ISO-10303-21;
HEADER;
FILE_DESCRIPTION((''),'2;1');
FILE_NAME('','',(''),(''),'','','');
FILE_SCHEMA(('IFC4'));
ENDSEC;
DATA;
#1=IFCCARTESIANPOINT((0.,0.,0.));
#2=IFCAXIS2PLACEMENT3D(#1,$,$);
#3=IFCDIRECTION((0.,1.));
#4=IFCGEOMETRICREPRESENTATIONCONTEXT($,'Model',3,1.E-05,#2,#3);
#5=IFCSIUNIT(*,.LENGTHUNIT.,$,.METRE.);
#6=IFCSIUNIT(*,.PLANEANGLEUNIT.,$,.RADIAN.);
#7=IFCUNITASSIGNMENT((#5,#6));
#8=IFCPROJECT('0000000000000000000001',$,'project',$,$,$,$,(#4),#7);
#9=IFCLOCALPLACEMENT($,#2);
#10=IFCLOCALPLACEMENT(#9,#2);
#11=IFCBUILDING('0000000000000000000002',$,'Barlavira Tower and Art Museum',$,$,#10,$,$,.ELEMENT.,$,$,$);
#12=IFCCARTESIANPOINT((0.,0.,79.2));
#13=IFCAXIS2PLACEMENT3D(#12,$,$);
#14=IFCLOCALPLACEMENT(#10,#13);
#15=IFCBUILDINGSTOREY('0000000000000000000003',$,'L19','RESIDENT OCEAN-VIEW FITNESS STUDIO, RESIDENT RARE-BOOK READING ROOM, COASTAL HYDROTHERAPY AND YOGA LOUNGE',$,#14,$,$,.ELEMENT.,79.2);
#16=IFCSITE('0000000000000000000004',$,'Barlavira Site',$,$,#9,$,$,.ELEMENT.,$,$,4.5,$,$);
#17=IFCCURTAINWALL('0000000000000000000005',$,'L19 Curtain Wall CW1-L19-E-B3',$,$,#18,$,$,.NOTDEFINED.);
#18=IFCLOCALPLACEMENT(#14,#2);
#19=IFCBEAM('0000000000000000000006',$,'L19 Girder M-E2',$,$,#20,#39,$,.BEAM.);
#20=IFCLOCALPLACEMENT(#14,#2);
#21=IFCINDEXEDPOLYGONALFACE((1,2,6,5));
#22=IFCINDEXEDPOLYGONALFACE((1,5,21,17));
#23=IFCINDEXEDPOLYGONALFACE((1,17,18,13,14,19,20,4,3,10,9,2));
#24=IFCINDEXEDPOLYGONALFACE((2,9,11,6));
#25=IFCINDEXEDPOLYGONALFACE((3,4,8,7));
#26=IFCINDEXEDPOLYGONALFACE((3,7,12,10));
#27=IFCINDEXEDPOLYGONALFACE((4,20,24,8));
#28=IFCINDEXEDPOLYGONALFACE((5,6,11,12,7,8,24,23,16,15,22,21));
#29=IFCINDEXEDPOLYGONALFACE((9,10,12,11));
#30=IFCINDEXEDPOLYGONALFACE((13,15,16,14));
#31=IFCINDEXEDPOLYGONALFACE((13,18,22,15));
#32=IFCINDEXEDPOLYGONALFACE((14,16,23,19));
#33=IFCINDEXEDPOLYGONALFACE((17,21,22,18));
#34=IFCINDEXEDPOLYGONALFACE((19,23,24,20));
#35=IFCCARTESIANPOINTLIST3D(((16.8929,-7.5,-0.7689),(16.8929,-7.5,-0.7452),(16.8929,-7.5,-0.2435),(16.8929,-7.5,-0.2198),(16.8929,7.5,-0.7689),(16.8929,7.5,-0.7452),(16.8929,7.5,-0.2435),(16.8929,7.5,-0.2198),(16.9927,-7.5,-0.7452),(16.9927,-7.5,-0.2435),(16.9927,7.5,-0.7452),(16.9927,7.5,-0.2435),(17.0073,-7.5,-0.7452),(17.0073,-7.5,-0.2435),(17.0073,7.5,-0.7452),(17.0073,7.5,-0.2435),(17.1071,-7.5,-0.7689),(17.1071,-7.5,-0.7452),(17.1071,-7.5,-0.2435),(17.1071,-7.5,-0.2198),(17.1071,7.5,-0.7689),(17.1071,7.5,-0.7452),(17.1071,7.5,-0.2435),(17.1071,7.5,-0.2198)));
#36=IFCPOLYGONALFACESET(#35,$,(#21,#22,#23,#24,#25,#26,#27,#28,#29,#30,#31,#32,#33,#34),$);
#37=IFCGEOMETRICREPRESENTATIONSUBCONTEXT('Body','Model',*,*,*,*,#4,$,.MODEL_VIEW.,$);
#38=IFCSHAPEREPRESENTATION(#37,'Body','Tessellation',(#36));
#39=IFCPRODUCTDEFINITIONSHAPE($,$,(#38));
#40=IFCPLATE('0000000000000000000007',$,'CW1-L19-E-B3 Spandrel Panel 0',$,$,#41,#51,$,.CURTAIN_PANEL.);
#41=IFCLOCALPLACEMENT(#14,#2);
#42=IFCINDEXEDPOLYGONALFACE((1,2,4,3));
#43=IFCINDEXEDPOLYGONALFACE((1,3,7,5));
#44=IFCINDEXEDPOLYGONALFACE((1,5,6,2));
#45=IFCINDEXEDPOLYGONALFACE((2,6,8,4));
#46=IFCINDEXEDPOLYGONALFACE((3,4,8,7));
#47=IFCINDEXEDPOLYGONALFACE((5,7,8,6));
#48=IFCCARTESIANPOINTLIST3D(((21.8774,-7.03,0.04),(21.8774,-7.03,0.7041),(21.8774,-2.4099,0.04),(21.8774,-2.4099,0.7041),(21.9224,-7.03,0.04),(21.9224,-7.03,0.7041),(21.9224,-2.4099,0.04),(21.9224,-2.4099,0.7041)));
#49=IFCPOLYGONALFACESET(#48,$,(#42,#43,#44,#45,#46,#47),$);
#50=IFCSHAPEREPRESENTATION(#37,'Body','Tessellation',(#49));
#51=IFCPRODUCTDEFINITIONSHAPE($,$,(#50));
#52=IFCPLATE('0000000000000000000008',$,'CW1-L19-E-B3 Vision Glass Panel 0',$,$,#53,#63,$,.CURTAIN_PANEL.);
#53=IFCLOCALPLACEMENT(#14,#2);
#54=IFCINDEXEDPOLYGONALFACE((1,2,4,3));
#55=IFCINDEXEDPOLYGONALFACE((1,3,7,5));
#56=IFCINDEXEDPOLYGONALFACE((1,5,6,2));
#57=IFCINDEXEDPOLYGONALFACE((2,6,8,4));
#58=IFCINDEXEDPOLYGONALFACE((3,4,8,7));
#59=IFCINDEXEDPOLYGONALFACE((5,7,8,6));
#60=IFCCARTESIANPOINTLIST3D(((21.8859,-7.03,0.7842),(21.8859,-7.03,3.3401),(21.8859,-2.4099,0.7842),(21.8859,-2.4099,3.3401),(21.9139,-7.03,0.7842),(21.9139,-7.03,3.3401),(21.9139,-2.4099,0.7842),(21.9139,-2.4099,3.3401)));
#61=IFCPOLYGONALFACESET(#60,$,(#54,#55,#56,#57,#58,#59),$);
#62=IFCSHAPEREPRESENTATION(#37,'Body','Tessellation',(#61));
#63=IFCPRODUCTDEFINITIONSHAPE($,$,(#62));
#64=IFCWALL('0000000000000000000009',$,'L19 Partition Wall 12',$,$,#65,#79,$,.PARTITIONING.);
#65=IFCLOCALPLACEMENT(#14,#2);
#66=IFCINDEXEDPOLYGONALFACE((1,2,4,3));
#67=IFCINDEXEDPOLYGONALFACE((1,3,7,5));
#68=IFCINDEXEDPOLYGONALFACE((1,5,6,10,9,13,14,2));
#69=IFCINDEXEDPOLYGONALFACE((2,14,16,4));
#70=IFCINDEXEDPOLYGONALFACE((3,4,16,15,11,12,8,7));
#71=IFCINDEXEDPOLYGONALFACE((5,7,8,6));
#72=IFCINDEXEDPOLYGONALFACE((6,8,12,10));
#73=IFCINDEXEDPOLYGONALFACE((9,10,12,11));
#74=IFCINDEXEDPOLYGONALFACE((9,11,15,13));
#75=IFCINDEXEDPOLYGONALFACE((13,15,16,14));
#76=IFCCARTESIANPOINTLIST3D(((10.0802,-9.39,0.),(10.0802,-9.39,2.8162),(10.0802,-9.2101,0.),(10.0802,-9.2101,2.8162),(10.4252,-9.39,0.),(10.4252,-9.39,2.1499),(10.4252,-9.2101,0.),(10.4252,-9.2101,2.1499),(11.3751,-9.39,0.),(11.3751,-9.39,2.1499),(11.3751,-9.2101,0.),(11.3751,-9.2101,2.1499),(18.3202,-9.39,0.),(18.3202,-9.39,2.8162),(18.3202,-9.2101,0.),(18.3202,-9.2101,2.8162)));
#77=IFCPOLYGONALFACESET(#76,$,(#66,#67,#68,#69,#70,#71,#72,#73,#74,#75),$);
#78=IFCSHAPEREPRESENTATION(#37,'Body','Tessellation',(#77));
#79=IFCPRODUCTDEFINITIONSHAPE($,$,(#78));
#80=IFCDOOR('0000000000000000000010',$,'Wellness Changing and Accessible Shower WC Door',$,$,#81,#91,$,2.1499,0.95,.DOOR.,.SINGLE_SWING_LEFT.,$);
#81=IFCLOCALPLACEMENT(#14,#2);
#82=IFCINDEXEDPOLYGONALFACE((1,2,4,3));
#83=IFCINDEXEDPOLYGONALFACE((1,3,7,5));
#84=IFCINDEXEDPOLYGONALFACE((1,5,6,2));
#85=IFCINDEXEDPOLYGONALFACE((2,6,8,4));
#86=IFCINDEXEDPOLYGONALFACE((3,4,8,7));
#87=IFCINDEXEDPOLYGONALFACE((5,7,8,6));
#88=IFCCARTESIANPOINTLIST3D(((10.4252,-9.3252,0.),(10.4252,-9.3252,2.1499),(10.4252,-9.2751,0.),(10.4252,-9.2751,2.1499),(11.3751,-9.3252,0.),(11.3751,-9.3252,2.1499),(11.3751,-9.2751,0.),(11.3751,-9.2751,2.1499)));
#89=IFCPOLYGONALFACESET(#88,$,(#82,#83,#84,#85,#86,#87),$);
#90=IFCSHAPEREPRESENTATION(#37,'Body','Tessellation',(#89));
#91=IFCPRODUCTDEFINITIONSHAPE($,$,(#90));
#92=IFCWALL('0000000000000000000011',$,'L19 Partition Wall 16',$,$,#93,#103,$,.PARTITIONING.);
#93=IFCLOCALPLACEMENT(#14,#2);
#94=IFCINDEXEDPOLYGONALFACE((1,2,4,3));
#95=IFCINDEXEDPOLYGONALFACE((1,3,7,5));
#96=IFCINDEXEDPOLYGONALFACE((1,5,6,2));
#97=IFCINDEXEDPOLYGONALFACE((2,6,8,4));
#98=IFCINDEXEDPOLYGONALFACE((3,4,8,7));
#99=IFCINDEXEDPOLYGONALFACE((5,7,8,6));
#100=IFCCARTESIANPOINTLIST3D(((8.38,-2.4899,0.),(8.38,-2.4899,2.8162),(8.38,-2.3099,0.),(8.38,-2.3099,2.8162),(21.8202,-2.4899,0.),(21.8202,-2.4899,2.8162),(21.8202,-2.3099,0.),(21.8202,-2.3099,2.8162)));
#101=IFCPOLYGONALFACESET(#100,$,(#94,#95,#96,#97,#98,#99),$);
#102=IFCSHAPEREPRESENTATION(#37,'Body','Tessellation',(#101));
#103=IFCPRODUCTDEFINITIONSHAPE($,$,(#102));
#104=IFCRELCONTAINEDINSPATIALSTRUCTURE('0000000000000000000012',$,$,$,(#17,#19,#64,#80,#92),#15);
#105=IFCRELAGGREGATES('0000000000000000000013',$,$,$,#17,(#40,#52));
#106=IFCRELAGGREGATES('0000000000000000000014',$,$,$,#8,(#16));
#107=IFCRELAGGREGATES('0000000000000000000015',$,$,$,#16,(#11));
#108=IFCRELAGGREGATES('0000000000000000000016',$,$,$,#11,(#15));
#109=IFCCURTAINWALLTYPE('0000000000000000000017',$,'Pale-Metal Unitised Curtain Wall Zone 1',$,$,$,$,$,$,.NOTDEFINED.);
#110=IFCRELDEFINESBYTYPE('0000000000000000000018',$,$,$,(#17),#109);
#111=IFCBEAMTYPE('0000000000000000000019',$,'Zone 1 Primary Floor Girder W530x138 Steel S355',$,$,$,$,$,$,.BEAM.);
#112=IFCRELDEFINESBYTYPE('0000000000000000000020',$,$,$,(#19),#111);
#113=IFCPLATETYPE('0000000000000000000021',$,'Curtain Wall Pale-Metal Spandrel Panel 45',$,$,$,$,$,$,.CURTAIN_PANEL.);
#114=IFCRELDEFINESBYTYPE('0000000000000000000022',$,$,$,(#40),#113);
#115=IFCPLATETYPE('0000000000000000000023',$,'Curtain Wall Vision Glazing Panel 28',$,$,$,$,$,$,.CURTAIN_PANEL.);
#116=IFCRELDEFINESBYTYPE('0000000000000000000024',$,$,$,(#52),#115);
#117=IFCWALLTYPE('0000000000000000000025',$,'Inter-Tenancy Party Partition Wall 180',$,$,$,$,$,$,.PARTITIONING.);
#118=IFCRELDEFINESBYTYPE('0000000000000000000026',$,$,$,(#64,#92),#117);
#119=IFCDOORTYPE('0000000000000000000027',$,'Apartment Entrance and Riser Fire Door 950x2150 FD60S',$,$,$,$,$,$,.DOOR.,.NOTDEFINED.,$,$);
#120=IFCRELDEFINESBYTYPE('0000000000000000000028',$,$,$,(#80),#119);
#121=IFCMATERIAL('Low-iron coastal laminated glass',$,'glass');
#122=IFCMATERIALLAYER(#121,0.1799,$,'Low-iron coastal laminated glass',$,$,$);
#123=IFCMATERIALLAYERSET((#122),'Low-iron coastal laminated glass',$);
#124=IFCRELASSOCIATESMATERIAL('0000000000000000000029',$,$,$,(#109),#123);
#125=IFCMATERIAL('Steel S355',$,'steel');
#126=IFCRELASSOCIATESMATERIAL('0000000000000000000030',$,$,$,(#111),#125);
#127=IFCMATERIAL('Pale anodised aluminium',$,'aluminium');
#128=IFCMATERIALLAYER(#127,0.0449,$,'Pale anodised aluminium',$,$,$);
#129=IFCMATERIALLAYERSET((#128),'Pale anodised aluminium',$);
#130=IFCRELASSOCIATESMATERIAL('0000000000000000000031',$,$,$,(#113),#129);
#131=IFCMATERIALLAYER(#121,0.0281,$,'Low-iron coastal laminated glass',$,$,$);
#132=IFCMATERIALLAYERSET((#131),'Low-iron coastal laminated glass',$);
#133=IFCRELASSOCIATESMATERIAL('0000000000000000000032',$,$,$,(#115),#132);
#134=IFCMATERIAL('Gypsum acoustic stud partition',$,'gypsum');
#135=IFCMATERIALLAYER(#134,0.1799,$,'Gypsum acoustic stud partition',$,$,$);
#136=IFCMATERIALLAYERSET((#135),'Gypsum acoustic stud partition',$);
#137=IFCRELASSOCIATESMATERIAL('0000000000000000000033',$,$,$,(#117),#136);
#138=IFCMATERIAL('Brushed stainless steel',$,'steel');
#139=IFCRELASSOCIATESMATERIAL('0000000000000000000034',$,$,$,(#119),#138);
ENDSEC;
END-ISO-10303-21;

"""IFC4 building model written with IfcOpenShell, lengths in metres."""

from ifc_helpers import new_model, si_unit, direction, frame, frame_2d, origin, origin_2d, place, context, subcontext, project, spatial, rectangle, i_section, extrude, material, layer, layer_set, material_profile, profile_set, type_object, element, fill, aggregate, save


model = new_model("IFC4")

# Units and contexts
model_context = context("Model", 3, precision=1e-05, world=origin(), true_north=direction((0.0, 1.0)))
body_context = subcontext(model_context, "Body", "Model", "MODEL_VIEW")
ifc_project = project(units=[si_unit("LENGTHUNIT", "METRE"), si_unit("PLANEANGLEUNIT", "RADIAN")], contexts=[model_context])

# Site, building, storey
site_placement = place(None, origin())
site = spatial("IfcSite", under=ifc_project, at=site_placement, Name="Barlavira Site", CompositionType="ELEMENT", RefElevation=4.5)
building_placement = place(site_placement, origin())
building = spatial("IfcBuilding", under=site, at=building_placement, Name="Barlavira Tower and Art Museum", CompositionType="ELEMENT")
storey_placement = place(building_placement, frame((0.0, 0.0, 79.2)))
storey = spatial("IfcBuildingStorey", under=building, at=storey_placement, Name="L19", Description="RESIDENT OCEAN-VIEW FITNESS STUDIO, RESIDENT RARE-BOOK READING ROOM, COASTAL HYDROTHERAPY AND YOGA LOUNGE", CompositionType="ELEMENT", Elevation=79.2)

# Curtain wall
ifc_material_1 = material(Name="Low-iron coastal laminated glass", Category="glass")
ifc_layer_1 = layer(ifc_material_1, 0.1799, Name="Low-iron coastal laminated glass")
ifc_layer_set_1 = layer_set([ifc_layer_1], Name="Low-iron coastal laminated glass")
curtain_wall_type = type_object("IfcCurtainWallType", Name="Pale-Metal Unitised Curtain Wall Zone 1", PredefinedType="NOTDEFINED", material=ifc_layer_set_1)
curtain_wall_placement = place(storey_placement, origin())
curtain_wall = element("IfcCurtainWall", 1, at=curtain_wall_placement, inside=storey, type_object=curtain_wall_type, Name="L19 Curtain Wall CW1-L19-E-B3", PredefinedType="NOTDEFINED")
ifc_material_2 = material(Name="Pale anodised aluminium", Category="aluminium")

# Shared definitions
ifc_material_3 = material(Name="Steel S355", Category="steel")

# Beam
ifc_material_profile_1 = material_profile(ifc_material_3, i_section(OverallWidth=0.2141, OverallDepth=0.5491, WebThickness=0.0146, FlangeThickness=0.0237, at=origin_2d()), Name="W530x138.0")
ifc_profile_set_1 = profile_set([ifc_material_profile_1], Name="Steel S355")
beam_type_1 = type_object("IfcBeamType", Name="Zone 1 Primary Floor Girder W530x138 Steel S355", PredefinedType="BEAM", material=ifc_profile_set_1)
beam_1_placement = place(storey_placement, frame((17.0, -7.5, -0.4944), z_axis=(0.0, 1.0, 0.0), x_axis=(-1.0, 0.0, 0.0)))
element("IfcBeam", 2, at=beam_1_placement, inside=storey, type_object=beam_type_1, Name="L19 Girder M-E2", PredefinedType="BEAM", context=body_context, shape_type="SweptSolid", body=[
    extrude(i_section(OverallWidth=0.2141, OverallDepth=0.5491, WebThickness=0.0146, FlangeThickness=0.0237, at=origin_2d()), origin(), (0.0, 0.0, 1.0), 15.0),
])

# Plates
ifc_layer_2 = layer(ifc_material_2, 0.0449, Name="Pale anodised aluminium")
ifc_layer_set_2 = layer_set([ifc_layer_2], Name="Pale anodised aluminium")
plate_type_1 = type_object("IfcPlateType", Name="Curtain Wall Pale-Metal Spandrel Panel 45", PredefinedType="CURTAIN_PANEL", material=ifc_layer_set_2)
plate_1_placement = place(storey_placement, frame((21.8999, -4.72, 0.04), z_axis=(0.0, 0.0, 1.0), x_axis=(0.0, 1.0, 0.0)))
plate_1 = element("IfcPlate", 3, at=plate_1_placement, type_object=plate_type_1, Name="CW1-L19-E-B3 Spandrel Panel 0", PredefinedType="CURTAIN_PANEL", context=body_context, shape_type="SweptSolid", body=[
    extrude(rectangle(XDim=4.6201, YDim=0.0449, at=origin_2d()), origin(), (0.0, 0.0, 1.0), 0.6641),
])
ifc_layer_3 = layer(ifc_material_1, 0.0281, Name="Low-iron coastal laminated glass")
ifc_layer_set_3 = layer_set([ifc_layer_3], Name="Low-iron coastal laminated glass")
plate_type_2 = type_object("IfcPlateType", Name="Curtain Wall Vision Glazing Panel 28", PredefinedType="CURTAIN_PANEL", material=ifc_layer_set_3)
plate_2_placement = place(storey_placement, frame((21.8999, -4.72, 0.7842), z_axis=(0.0, 0.0, 1.0), x_axis=(0.0, 1.0, 0.0)))
plate_2 = element("IfcPlate", 4, at=plate_2_placement, type_object=plate_type_2, Name="CW1-L19-E-B3 Vision Glass Panel 0", PredefinedType="CURTAIN_PANEL", context=body_context, shape_type="SweptSolid", body=[
    extrude(rectangle(XDim=4.6201, YDim=0.0281, at=origin_2d()), origin(), (0.0, 0.0, 1.0), 2.5559),
])
aggregate(curtain_wall, [plate_1, plate_2])

# Wall, opening, door
ifc_material_4 = material(Name="Gypsum acoustic stud partition", Category="gypsum")
ifc_layer_4 = layer(ifc_material_4, 0.1799, Name="Gypsum acoustic stud partition")
ifc_layer_set_4 = layer_set([ifc_layer_4], Name="Gypsum acoustic stud partition")
wall_type = type_object("IfcWallType", Name="Inter-Tenancy Party Partition Wall 180", PredefinedType="PARTITIONING", material=ifc_layer_set_4)
wall_1_placement = place(storey_placement, frame((10.0801, -9.3, 0.0), z_axis=(0.0, 0.0, 1.0), x_axis=(1.0, 0.0, 0.0)))
wall_1 = element("IfcWall", 5, at=wall_1_placement, inside=storey, type_object=wall_type, Name="L19 Partition Wall 12", PredefinedType="PARTITIONING", context=body_context, shape_type="SweptSolid", body=[
    extrude(rectangle(XDim=8.24, YDim=0.1799, at=frame_2d((4.1201, 0.0))), origin(), (0.0, 0.0, 1.0), 2.8162),
])
opening_placement = place(wall_1_placement, frame((0.345, 0.0, 0.0)))
opening = element("IfcOpeningElement", 6, at=opening_placement, cuts=wall_1, PredefinedType="OPENING", context=body_context, shape_type="SweptSolid", body=[
    extrude(rectangle(XDim=0.95, YDim=2.1499, at=frame_2d((0.4751, 1.075))), frame((0.0, 0.1001, 0.0), z_axis=(0.0, -1.0, 0.0), x_axis=(1.0, 0.0, 0.0)), (0.0, 0.0, 1.0), 0.2),
])
ifc_material_5 = material(Name="Brushed stainless steel", Category="steel")
door_type = type_object("IfcDoorType", Name="Apartment Entrance and Riser Fire Door 950x2150 FD60S", OperationType="NOTDEFINED", PredefinedType="DOOR", material=ifc_material_5)
door_placement = place(opening_placement, origin())
door = element("IfcDoor", 7, at=door_placement, inside=storey, type_object=door_type, Name="Wellness Changing and Accessible Shower WC Door", OperationType="SINGLE_SWING_LEFT", OverallHeight=2.1499, OverallWidth=0.95, PredefinedType="DOOR", context=body_context, shape_type="SweptSolid", body=[
    extrude(rectangle(XDim=0.95, YDim=2.1499, at=frame_2d((0.4751, 1.075))), frame((0.0, 0.0249, 0.0), z_axis=(0.0, -1.0, 0.0), x_axis=(1.0, 0.0, 0.0)), (0.0, 0.0, 1.0), 0.05),
])
fill(opening, door)

# Wall
wall_2_placement = place(storey_placement, frame((8.3799, -2.3999, 0.0), z_axis=(0.0, 0.0, 1.0), x_axis=(1.0, 0.0, 0.0)))
element("IfcWall", 8, at=wall_2_placement, inside=storey, type_object=wall_type, Name="L19 Partition Wall 16", PredefinedType="PARTITIONING", context=body_context, shape_type="SweptSolid", body=[
    extrude(rectangle(XDim=13.4402, YDim=0.1799, at=frame_2d((6.7202, 0.0))), origin(), (0.0, 0.0, 1.0), 2.8162),
])

save(model, "model.ifc")
